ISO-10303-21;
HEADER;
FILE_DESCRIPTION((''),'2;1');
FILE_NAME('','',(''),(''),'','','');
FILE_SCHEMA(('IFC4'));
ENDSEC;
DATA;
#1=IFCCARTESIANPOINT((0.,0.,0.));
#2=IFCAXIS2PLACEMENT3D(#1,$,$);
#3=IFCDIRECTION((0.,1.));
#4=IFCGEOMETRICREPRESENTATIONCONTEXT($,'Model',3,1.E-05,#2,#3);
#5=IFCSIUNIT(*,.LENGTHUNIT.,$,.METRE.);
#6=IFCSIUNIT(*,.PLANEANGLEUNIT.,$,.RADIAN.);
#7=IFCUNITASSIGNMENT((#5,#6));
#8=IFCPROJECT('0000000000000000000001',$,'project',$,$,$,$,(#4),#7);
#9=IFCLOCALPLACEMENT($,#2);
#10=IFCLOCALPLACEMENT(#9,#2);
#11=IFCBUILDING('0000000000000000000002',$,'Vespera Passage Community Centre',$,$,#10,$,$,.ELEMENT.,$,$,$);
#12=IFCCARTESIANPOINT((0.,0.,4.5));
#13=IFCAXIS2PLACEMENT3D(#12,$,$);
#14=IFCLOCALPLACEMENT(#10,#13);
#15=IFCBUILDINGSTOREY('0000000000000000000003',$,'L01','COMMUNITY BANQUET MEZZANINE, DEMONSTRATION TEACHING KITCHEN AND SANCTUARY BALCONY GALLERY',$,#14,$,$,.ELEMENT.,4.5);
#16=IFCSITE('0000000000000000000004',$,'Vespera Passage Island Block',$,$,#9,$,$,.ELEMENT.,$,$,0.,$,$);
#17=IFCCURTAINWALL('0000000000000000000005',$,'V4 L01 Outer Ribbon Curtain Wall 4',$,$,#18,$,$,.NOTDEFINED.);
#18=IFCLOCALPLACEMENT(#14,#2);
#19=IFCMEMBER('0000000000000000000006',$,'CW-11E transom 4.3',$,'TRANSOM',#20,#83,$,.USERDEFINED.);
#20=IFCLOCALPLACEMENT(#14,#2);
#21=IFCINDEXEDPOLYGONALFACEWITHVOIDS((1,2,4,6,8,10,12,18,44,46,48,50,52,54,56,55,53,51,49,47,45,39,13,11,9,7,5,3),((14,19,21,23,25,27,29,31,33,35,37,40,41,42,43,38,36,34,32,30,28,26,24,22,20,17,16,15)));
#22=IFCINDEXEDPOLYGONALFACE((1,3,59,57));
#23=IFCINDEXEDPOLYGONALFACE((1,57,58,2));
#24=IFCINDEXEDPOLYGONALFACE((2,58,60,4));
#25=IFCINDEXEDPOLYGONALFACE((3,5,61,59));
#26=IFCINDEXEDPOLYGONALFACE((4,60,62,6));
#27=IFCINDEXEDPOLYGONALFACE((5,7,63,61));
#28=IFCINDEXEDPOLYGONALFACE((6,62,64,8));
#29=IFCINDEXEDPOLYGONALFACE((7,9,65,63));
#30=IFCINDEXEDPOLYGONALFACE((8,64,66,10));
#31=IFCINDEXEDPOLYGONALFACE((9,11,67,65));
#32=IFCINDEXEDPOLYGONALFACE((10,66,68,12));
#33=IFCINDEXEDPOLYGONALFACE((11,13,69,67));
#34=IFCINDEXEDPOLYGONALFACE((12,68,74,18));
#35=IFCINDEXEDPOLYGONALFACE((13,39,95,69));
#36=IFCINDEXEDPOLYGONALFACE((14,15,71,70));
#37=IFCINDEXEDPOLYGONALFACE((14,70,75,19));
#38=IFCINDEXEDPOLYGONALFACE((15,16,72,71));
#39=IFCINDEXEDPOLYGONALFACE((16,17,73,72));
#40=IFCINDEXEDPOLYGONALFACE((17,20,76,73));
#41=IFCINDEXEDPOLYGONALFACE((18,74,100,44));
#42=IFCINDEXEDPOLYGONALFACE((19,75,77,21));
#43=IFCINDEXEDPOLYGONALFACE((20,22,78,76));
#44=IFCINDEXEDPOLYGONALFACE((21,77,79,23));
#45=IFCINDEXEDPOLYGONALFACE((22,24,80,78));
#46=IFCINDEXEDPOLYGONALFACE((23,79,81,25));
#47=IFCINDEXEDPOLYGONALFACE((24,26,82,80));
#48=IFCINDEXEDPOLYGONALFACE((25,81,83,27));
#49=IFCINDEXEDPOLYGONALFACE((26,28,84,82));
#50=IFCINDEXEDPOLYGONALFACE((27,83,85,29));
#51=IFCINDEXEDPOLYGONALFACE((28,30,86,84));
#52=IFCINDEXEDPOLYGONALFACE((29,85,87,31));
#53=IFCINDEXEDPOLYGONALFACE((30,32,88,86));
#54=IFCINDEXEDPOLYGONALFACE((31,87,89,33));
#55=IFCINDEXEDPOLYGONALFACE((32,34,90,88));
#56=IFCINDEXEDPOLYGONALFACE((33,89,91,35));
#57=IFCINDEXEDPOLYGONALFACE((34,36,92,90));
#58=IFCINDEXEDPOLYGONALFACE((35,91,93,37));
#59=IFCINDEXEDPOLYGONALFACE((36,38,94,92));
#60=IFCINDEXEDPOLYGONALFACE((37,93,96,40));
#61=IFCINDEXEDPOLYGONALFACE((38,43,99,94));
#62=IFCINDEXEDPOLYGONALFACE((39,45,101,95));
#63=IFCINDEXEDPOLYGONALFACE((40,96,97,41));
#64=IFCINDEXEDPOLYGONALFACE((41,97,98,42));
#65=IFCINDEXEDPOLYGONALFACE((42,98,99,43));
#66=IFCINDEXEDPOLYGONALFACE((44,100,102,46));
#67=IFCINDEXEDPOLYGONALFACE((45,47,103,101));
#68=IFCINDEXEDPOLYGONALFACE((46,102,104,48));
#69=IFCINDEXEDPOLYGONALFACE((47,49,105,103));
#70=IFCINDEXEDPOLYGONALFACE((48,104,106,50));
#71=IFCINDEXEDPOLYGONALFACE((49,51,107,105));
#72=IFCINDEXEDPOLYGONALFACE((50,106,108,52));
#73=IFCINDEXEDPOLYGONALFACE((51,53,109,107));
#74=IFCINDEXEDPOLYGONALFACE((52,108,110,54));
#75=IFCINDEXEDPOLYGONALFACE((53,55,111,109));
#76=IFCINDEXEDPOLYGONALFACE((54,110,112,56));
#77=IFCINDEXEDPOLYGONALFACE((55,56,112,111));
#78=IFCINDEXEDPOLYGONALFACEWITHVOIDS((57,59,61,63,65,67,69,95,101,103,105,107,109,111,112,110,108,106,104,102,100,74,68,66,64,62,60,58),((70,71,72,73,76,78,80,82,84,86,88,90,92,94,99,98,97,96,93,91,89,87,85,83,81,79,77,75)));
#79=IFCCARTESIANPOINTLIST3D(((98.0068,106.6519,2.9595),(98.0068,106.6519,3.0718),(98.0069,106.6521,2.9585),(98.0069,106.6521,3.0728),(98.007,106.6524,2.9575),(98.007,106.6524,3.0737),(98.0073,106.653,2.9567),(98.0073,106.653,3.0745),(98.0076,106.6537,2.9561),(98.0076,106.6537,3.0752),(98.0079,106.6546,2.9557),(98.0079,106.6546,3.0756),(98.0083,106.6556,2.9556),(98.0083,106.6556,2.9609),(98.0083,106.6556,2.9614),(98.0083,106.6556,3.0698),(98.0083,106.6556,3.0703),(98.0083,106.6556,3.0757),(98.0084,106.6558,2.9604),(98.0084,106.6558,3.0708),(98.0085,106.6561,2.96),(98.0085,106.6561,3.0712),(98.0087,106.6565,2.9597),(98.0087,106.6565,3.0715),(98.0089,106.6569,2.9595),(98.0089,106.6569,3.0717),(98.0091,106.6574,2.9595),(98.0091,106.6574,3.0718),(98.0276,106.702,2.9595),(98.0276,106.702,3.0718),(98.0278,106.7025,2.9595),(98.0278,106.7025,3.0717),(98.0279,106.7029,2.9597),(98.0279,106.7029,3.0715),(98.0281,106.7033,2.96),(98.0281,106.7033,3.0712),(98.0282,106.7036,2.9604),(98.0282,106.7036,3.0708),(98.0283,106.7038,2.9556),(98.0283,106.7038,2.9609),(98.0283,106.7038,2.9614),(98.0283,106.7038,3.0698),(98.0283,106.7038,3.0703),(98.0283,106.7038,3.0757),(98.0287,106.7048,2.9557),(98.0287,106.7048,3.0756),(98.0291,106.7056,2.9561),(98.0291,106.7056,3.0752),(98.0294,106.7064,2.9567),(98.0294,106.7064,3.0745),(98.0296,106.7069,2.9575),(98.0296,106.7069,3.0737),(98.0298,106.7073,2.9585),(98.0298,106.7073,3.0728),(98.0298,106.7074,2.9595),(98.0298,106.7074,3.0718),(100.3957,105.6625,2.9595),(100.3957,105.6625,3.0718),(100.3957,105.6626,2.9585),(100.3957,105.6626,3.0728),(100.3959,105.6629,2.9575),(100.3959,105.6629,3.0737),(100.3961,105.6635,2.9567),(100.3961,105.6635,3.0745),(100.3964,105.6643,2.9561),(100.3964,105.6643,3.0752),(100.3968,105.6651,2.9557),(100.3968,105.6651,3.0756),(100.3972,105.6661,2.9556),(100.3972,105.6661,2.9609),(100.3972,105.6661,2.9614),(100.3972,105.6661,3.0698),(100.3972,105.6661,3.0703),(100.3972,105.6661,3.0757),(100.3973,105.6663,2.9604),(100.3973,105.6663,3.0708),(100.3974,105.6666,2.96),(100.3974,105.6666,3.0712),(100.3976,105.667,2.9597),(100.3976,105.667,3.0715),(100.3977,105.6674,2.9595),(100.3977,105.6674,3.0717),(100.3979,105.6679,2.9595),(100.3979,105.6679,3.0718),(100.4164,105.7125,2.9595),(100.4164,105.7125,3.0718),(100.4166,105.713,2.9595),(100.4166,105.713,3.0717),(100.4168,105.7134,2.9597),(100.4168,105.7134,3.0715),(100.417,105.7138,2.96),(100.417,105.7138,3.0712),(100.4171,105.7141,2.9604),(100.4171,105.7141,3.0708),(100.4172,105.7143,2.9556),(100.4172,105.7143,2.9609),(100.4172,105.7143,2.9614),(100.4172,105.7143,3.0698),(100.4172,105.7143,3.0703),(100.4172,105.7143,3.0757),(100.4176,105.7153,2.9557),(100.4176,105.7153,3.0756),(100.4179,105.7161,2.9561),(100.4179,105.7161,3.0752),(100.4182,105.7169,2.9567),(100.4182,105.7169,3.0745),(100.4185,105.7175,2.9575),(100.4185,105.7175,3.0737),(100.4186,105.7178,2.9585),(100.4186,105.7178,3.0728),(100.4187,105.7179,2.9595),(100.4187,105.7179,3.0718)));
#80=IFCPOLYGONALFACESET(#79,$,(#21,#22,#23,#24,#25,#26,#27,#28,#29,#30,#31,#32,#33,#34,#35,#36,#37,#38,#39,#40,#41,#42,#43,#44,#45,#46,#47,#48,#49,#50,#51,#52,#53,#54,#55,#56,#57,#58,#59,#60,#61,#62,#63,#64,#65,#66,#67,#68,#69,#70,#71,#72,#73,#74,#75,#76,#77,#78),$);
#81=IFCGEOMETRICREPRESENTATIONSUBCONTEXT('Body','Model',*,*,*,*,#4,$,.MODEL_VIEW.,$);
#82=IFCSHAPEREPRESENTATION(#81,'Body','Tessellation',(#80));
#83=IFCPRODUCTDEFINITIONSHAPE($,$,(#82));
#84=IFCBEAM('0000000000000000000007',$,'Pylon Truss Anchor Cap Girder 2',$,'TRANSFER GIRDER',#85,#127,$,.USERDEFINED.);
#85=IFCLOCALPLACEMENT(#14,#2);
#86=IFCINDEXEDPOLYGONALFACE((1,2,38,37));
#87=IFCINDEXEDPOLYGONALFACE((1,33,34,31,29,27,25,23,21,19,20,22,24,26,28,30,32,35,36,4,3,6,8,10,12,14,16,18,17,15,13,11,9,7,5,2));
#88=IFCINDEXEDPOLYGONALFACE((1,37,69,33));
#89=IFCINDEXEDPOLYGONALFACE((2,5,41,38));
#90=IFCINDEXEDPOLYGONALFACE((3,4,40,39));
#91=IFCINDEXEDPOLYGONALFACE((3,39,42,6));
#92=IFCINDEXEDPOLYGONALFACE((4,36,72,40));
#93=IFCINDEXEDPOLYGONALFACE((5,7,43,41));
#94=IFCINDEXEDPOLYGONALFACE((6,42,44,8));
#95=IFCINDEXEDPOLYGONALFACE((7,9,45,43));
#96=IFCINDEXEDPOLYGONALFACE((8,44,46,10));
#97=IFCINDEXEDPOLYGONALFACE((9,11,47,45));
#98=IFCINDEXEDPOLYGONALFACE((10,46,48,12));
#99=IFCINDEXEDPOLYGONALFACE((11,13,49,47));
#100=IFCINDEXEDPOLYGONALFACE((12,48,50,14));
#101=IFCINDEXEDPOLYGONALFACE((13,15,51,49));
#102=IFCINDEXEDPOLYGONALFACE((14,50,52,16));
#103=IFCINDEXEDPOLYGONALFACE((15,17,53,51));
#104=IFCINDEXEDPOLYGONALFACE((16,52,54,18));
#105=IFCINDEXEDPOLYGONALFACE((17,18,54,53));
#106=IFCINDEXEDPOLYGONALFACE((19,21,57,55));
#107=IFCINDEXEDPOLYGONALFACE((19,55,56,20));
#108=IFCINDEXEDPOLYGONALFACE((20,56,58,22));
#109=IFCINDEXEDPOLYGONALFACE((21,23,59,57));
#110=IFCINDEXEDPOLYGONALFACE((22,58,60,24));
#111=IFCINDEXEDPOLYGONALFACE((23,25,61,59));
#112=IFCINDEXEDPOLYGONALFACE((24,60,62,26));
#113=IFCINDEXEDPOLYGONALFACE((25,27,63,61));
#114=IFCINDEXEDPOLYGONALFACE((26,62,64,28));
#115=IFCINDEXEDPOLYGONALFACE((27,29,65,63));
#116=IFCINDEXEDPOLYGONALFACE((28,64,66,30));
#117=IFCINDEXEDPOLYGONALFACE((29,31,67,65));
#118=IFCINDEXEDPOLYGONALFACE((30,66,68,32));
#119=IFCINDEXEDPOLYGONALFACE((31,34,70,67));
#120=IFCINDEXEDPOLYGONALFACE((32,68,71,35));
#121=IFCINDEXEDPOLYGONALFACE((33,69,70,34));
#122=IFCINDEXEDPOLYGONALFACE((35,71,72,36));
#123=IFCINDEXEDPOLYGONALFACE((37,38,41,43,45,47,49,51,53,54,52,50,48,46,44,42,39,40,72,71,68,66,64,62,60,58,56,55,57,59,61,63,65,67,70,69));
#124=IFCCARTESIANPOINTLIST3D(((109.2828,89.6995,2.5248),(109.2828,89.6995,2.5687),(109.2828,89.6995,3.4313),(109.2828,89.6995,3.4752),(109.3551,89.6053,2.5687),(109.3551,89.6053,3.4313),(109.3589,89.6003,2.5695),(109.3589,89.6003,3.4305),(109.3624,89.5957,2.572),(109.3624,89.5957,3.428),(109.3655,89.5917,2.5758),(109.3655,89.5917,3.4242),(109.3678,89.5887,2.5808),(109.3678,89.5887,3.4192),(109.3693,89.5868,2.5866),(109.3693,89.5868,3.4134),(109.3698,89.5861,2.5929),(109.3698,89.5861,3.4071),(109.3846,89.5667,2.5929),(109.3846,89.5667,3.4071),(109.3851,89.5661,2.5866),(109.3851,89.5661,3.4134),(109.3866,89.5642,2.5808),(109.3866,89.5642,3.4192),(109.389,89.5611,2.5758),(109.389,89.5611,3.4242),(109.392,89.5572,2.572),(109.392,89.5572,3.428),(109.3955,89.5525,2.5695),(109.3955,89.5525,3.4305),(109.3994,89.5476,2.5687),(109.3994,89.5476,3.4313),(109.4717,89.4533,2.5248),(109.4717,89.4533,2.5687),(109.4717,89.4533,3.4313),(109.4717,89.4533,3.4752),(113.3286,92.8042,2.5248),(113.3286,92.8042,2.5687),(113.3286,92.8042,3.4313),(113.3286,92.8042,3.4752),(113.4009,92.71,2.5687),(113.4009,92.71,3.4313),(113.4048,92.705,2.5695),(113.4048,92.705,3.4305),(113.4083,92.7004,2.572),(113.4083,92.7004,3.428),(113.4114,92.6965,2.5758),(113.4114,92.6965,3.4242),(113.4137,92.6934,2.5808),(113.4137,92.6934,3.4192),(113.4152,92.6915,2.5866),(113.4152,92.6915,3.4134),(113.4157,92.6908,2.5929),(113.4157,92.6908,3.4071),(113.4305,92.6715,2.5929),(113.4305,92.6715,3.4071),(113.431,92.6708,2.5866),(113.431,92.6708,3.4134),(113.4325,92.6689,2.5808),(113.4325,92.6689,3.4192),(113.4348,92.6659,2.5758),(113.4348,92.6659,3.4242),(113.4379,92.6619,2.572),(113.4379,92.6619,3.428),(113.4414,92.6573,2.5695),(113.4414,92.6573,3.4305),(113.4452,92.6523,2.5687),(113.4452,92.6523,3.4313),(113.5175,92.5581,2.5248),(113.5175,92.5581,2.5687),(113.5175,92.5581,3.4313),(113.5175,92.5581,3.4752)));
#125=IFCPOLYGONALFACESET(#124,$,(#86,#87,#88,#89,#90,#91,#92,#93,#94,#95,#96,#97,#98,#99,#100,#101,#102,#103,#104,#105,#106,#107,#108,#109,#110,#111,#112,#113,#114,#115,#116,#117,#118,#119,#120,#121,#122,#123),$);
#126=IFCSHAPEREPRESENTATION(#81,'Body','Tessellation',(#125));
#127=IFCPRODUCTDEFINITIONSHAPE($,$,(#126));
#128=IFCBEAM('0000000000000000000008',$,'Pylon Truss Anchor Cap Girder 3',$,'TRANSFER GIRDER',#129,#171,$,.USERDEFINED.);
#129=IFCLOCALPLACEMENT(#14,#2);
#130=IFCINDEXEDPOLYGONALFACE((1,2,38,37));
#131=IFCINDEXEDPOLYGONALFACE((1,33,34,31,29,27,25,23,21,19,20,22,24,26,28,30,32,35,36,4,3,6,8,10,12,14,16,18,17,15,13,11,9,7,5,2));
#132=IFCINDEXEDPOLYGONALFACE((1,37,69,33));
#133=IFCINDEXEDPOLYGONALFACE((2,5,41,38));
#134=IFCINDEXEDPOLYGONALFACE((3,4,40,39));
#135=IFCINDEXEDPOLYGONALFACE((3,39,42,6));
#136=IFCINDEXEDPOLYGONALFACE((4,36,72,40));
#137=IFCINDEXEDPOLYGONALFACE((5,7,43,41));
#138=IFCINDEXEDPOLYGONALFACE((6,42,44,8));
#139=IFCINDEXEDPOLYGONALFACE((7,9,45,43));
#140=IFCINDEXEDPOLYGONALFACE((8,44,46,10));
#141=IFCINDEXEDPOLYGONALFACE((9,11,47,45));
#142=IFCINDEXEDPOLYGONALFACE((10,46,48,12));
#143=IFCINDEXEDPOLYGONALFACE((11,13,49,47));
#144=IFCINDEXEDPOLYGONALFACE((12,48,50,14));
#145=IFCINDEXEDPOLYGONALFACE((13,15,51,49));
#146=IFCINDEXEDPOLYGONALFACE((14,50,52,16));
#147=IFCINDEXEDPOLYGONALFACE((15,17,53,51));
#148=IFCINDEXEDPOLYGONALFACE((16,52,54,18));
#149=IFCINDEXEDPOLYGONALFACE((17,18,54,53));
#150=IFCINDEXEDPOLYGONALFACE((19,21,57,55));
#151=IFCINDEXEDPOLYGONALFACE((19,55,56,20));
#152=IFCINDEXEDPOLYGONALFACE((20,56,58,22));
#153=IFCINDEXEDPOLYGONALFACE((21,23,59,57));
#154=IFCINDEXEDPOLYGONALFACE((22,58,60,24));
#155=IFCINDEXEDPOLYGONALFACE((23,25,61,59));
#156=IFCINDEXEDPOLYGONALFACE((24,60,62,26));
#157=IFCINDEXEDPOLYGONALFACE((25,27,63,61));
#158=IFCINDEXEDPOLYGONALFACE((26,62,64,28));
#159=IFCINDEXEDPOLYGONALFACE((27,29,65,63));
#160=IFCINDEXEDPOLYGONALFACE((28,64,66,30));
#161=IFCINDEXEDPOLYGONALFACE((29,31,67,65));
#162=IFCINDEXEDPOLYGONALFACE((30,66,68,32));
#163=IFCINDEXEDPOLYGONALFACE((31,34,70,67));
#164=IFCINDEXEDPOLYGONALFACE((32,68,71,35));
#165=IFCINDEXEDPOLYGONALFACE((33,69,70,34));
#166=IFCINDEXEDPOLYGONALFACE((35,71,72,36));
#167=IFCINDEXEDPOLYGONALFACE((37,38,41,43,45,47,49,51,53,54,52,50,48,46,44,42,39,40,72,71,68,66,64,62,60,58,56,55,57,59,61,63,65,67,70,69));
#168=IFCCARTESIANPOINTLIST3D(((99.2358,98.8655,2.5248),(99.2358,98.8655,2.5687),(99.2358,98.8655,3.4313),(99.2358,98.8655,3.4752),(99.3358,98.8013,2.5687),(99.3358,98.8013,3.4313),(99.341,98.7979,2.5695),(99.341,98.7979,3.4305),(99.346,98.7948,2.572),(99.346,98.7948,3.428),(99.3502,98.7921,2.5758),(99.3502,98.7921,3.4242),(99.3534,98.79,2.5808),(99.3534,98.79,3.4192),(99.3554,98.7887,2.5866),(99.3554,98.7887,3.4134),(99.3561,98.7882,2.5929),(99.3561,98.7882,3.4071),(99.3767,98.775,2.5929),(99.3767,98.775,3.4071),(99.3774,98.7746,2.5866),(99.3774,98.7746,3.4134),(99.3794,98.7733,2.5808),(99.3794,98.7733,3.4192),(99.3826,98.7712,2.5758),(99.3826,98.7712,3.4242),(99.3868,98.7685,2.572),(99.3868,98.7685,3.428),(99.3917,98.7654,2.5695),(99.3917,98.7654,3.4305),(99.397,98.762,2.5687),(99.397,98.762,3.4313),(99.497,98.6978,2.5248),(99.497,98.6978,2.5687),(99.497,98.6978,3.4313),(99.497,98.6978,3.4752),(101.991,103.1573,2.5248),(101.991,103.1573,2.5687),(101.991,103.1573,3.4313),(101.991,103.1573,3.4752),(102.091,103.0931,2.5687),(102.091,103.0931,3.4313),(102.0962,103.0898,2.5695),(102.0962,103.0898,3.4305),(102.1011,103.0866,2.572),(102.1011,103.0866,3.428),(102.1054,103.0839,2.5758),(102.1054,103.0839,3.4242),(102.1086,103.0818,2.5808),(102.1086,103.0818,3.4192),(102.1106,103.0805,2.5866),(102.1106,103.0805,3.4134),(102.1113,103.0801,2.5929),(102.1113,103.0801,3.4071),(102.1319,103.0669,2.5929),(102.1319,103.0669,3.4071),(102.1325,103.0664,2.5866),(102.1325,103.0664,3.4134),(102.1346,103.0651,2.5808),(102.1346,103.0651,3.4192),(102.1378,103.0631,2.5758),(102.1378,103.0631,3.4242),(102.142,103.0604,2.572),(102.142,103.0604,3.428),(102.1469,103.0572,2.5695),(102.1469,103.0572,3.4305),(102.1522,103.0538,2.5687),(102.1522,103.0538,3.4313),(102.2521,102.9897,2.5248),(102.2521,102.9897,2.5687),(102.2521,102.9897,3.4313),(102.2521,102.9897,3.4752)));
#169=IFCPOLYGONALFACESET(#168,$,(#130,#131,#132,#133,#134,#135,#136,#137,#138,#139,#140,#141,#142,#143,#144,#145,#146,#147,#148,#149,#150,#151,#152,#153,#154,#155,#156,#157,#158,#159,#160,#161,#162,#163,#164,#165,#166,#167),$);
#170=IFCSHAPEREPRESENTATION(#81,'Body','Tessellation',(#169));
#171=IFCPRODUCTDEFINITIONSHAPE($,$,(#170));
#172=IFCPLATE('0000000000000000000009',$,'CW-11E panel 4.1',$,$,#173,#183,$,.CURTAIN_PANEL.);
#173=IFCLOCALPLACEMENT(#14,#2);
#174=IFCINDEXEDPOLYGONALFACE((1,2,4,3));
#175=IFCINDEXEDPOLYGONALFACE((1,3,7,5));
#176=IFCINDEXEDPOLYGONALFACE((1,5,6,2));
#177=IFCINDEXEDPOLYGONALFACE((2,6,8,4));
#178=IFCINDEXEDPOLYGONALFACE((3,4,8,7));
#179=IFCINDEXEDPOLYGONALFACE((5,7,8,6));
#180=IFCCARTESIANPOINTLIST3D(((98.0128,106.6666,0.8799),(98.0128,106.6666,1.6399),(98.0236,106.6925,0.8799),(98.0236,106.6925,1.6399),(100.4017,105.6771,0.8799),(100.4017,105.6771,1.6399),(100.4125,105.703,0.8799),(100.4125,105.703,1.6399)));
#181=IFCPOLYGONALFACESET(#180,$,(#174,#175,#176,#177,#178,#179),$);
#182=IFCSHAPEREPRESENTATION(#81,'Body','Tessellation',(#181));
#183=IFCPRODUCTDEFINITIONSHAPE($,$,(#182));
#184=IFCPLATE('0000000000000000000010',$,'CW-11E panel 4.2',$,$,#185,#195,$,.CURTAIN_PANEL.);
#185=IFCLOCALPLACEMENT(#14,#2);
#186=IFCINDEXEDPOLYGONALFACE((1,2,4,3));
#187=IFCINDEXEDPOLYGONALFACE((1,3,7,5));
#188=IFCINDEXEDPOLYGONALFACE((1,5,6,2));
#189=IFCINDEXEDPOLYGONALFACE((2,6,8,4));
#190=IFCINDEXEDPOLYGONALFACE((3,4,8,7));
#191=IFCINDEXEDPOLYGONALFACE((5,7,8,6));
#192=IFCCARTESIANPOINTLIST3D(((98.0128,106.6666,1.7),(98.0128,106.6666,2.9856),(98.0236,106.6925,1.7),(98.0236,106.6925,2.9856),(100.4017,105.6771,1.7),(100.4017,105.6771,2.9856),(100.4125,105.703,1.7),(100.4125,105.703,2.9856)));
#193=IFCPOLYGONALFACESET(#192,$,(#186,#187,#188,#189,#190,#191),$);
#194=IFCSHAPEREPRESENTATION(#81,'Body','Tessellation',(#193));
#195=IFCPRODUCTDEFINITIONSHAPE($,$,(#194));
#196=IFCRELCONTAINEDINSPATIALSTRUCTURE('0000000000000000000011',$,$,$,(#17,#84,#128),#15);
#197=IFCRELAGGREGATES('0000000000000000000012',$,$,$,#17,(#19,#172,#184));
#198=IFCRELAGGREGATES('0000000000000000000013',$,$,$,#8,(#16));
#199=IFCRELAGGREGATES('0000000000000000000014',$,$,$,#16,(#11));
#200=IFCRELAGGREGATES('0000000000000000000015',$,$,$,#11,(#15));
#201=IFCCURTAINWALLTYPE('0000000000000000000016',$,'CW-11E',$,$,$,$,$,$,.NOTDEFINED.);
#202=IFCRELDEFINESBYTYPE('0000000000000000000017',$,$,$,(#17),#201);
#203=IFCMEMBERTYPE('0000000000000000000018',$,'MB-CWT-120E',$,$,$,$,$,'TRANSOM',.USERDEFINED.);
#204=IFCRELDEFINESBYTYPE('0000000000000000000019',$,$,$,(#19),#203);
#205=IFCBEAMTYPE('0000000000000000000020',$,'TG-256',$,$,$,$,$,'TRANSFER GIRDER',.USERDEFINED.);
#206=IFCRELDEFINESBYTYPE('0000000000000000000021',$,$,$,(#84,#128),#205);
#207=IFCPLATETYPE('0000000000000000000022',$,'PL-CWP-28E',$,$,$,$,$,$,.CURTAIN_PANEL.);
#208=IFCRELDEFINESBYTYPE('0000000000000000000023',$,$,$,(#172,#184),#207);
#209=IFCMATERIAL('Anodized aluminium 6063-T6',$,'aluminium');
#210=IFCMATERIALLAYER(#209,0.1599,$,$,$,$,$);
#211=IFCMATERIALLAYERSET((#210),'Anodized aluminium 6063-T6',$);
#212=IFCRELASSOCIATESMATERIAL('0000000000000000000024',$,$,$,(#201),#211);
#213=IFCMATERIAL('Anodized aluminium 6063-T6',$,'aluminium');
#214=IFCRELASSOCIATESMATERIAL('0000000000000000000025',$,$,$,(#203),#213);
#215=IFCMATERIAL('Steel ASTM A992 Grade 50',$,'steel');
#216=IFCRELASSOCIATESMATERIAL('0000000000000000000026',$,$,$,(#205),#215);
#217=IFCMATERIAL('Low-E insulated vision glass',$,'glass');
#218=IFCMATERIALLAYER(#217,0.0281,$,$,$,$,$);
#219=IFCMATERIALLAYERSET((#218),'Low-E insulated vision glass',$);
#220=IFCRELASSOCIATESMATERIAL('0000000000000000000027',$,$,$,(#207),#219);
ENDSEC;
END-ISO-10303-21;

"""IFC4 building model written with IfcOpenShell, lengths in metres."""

from ifc_helpers import new_model, si_unit, direction, frame, origin, origin_2d, place, context, subcontext, project, spatial, rectangle, hollow_rectangle, i_section, extrude, material, layer, layer_set, material_profile, profile_set, type_object, element, aggregate, save


model = new_model("IFC4")

# Units and contexts
model_context = context("Model", 3, precision=1e-05, world=origin(), true_north=direction((0.0, 1.0)))
body_context = subcontext(model_context, "Body", "Model", "MODEL_VIEW")
ifc_project = project(units=[si_unit("LENGTHUNIT", "METRE"), si_unit("PLANEANGLEUNIT", "RADIAN")], contexts=[model_context])

# Site, building, storey
site_placement = place(None, origin())
site = spatial("IfcSite", under=ifc_project, at=site_placement, Name="Vespera Passage Island Block", CompositionType="ELEMENT", RefElevation=0.0)
building_placement = place(site_placement, origin())
building = spatial("IfcBuilding", under=site, at=building_placement, Name="Vespera Passage Community Centre", CompositionType="ELEMENT")
storey_placement = place(building_placement, frame((0.0, 0.0, 4.5)))
storey = spatial("IfcBuildingStorey", under=building, at=storey_placement, Name="L01", Description="COMMUNITY BANQUET MEZZANINE, DEMONSTRATION TEACHING KITCHEN AND SANCTUARY BALCONY GALLERY", CompositionType="ELEMENT", Elevation=4.5)

# Curtain wall, member
ifc_material_1 = material(Name="Anodized aluminium 6063-T6", Category="aluminium")
ifc_layer_1 = layer(ifc_material_1, 0.1599)
ifc_layer_set_1 = layer_set([ifc_layer_1], Name="Anodized aluminium 6063-T6")
curtain_wall_type = type_object("IfcCurtainWallType", Name="CW-11E", PredefinedType="NOTDEFINED", material=ifc_layer_set_1)
curtain_wall_placement = place(storey_placement, origin())
curtain_wall = element("IfcCurtainWall", 1, at=curtain_wall_placement, inside=storey, type_object=curtain_wall_type, Name="V4 L01 Outer Ribbon Curtain Wall 4", PredefinedType="NOTDEFINED")
ifc_material_2 = material(Name="Anodized aluminium 6063-T6", Category="aluminium")
ifc_material_profile_1 = material_profile(ifc_material_2, hollow_rectangle(XDim=0.0601, YDim=0.1201, WallThickness=0.0039, InnerFilletRadius=0.002, OuterFilletRadius=0.0039, at=origin_2d()), Name="ALU120X60X4")
ifc_profile_set_1 = profile_set([ifc_material_profile_1], Name="Anodized aluminium 6063-T6")
member_type_1 = type_object("IfcMemberType", Name="MB-CWT-120E", ElementType="TRANSOM", PredefinedType="USERDEFINED", material=ifc_profile_set_1)
member_1_placement = place(storey_placement, frame((98.0183, 106.6797, 3.0156), z_axis=(0.923882, -0.382677, 0.0), x_axis=(0.382677, 0.923882, 0.0)))
member_1 = element("IfcMember", 2, at=member_1_placement, type_object=member_type_1, Name="CW-11E transom 4.3", ObjectType="TRANSOM", PredefinedType="USERDEFINED", context=body_context, shape_type="SweptSolid", body=[
    extrude(hollow_rectangle(XDim=0.0601, YDim=0.1201, WallThickness=0.0039, InnerFilletRadius=0.002, OuterFilletRadius=0.0039, at=origin_2d()), origin(), (0.0, 0.0, 1.0), 2.5857),
])

# Beams
ifc_material_3 = material(Name="Steel ASTM A992 Grade 50", Category="steel")
ifc_material_profile_2 = material_profile(ifc_material_3, i_section(OverallWidth=0.3103, OverallDepth=0.9504, WebThickness=0.0244, FlangeThickness=0.0439, FilletRadius=0.0242, at=origin_2d()), Name="W36X256")
ifc_profile_set_2 = profile_set([ifc_material_profile_2], Name="Steel ASTM A992 Grade 50")
beam_type_1 = type_object("IfcBeamType", Name="TG-256", ElementType="TRANSFER GIRDER", PredefinedType="USERDEFINED", material=ifc_profile_set_2)
beam_1_placement = place(storey_placement, frame((113.4231, 92.6812, 3.0), z_axis=(-0.793334, -0.608787, 0.0), x_axis=(0.608787, -0.793334, 0.0)))
element("IfcBeam", 3, at=beam_1_placement, inside=storey, type_object=beam_type_1, Name="Pylon Truss Anchor Cap Girder 2", ObjectType="TRANSFER GIRDER", PredefinedType="USERDEFINED", context=body_context, shape_type="SweptSolid", body=[
    extrude(i_section(OverallWidth=0.3103, OverallDepth=0.9504, WebThickness=0.0244, FlangeThickness=0.0439, FilletRadius=0.0242, at=origin_2d()), origin(), (0.0, 0.0, 1.0), 5.0999),
])
beam_2_placement = place(storey_placement, frame((102.1216, 103.0735, 3.0), z_axis=(-0.540223, -0.841522, 0.0), x_axis=(0.841522, -0.540223, 0.0)))
element("IfcBeam", 4, at=beam_2_placement, inside=storey, type_object=beam_type_1, Name="Pylon Truss Anchor Cap Girder 3", ObjectType="TRANSFER GIRDER", PredefinedType="USERDEFINED", context=body_context, shape_type="SweptSolid", body=[
    extrude(i_section(OverallWidth=0.3103, OverallDepth=0.9504, WebThickness=0.0244, FlangeThickness=0.0439, FilletRadius=0.0242, at=origin_2d()), origin(), (0.0, 0.0, 1.0), 5.1001),
])

# Plates
ifc_material_4 = material(Name="Low-E insulated vision glass", Category="glass")
ifc_layer_2 = layer(ifc_material_4, 0.0281)
ifc_layer_set_2 = layer_set([ifc_layer_2], Name="Low-E insulated vision glass")
plate_type = type_object("IfcPlateType", Name="PL-CWP-28E", PredefinedType="CURTAIN_PANEL", material=ifc_layer_set_2)
plate_1_placement = place(storey_placement, frame((99.2126, 106.1848, 0.8799), z_axis=(0.0, 0.0, 1.0), x_axis=(0.92388, -0.382683, 0.0)))
plate_1 = element("IfcPlate", 5, at=plate_1_placement, type_object=plate_type, Name="CW-11E panel 4.1", PredefinedType="CURTAIN_PANEL", context=body_context, shape_type="SweptSolid", body=[
    extrude(rectangle(XDim=2.5857, YDim=0.0281, at=origin_2d()), origin(), (0.0, 0.0, 1.0), 0.76),
])
plate_2_placement = place(storey_placement, frame((99.2126, 106.1848, 1.7), z_axis=(0.0, 0.0, 1.0), x_axis=(0.92388, -0.382683, 0.0)))
plate_2 = element("IfcPlate", 6, at=plate_2_placement, type_object=plate_type, Name="CW-11E panel 4.2", PredefinedType="CURTAIN_PANEL", context=body_context, shape_type="SweptSolid", body=[
    extrude(rectangle(XDim=2.5857, YDim=0.0281, at=origin_2d()), origin(), (0.0, 0.0, 1.0), 1.2856),
])
aggregate(curtain_wall, [member_1, plate_1, plate_2])

save(model, "model.ifc")
